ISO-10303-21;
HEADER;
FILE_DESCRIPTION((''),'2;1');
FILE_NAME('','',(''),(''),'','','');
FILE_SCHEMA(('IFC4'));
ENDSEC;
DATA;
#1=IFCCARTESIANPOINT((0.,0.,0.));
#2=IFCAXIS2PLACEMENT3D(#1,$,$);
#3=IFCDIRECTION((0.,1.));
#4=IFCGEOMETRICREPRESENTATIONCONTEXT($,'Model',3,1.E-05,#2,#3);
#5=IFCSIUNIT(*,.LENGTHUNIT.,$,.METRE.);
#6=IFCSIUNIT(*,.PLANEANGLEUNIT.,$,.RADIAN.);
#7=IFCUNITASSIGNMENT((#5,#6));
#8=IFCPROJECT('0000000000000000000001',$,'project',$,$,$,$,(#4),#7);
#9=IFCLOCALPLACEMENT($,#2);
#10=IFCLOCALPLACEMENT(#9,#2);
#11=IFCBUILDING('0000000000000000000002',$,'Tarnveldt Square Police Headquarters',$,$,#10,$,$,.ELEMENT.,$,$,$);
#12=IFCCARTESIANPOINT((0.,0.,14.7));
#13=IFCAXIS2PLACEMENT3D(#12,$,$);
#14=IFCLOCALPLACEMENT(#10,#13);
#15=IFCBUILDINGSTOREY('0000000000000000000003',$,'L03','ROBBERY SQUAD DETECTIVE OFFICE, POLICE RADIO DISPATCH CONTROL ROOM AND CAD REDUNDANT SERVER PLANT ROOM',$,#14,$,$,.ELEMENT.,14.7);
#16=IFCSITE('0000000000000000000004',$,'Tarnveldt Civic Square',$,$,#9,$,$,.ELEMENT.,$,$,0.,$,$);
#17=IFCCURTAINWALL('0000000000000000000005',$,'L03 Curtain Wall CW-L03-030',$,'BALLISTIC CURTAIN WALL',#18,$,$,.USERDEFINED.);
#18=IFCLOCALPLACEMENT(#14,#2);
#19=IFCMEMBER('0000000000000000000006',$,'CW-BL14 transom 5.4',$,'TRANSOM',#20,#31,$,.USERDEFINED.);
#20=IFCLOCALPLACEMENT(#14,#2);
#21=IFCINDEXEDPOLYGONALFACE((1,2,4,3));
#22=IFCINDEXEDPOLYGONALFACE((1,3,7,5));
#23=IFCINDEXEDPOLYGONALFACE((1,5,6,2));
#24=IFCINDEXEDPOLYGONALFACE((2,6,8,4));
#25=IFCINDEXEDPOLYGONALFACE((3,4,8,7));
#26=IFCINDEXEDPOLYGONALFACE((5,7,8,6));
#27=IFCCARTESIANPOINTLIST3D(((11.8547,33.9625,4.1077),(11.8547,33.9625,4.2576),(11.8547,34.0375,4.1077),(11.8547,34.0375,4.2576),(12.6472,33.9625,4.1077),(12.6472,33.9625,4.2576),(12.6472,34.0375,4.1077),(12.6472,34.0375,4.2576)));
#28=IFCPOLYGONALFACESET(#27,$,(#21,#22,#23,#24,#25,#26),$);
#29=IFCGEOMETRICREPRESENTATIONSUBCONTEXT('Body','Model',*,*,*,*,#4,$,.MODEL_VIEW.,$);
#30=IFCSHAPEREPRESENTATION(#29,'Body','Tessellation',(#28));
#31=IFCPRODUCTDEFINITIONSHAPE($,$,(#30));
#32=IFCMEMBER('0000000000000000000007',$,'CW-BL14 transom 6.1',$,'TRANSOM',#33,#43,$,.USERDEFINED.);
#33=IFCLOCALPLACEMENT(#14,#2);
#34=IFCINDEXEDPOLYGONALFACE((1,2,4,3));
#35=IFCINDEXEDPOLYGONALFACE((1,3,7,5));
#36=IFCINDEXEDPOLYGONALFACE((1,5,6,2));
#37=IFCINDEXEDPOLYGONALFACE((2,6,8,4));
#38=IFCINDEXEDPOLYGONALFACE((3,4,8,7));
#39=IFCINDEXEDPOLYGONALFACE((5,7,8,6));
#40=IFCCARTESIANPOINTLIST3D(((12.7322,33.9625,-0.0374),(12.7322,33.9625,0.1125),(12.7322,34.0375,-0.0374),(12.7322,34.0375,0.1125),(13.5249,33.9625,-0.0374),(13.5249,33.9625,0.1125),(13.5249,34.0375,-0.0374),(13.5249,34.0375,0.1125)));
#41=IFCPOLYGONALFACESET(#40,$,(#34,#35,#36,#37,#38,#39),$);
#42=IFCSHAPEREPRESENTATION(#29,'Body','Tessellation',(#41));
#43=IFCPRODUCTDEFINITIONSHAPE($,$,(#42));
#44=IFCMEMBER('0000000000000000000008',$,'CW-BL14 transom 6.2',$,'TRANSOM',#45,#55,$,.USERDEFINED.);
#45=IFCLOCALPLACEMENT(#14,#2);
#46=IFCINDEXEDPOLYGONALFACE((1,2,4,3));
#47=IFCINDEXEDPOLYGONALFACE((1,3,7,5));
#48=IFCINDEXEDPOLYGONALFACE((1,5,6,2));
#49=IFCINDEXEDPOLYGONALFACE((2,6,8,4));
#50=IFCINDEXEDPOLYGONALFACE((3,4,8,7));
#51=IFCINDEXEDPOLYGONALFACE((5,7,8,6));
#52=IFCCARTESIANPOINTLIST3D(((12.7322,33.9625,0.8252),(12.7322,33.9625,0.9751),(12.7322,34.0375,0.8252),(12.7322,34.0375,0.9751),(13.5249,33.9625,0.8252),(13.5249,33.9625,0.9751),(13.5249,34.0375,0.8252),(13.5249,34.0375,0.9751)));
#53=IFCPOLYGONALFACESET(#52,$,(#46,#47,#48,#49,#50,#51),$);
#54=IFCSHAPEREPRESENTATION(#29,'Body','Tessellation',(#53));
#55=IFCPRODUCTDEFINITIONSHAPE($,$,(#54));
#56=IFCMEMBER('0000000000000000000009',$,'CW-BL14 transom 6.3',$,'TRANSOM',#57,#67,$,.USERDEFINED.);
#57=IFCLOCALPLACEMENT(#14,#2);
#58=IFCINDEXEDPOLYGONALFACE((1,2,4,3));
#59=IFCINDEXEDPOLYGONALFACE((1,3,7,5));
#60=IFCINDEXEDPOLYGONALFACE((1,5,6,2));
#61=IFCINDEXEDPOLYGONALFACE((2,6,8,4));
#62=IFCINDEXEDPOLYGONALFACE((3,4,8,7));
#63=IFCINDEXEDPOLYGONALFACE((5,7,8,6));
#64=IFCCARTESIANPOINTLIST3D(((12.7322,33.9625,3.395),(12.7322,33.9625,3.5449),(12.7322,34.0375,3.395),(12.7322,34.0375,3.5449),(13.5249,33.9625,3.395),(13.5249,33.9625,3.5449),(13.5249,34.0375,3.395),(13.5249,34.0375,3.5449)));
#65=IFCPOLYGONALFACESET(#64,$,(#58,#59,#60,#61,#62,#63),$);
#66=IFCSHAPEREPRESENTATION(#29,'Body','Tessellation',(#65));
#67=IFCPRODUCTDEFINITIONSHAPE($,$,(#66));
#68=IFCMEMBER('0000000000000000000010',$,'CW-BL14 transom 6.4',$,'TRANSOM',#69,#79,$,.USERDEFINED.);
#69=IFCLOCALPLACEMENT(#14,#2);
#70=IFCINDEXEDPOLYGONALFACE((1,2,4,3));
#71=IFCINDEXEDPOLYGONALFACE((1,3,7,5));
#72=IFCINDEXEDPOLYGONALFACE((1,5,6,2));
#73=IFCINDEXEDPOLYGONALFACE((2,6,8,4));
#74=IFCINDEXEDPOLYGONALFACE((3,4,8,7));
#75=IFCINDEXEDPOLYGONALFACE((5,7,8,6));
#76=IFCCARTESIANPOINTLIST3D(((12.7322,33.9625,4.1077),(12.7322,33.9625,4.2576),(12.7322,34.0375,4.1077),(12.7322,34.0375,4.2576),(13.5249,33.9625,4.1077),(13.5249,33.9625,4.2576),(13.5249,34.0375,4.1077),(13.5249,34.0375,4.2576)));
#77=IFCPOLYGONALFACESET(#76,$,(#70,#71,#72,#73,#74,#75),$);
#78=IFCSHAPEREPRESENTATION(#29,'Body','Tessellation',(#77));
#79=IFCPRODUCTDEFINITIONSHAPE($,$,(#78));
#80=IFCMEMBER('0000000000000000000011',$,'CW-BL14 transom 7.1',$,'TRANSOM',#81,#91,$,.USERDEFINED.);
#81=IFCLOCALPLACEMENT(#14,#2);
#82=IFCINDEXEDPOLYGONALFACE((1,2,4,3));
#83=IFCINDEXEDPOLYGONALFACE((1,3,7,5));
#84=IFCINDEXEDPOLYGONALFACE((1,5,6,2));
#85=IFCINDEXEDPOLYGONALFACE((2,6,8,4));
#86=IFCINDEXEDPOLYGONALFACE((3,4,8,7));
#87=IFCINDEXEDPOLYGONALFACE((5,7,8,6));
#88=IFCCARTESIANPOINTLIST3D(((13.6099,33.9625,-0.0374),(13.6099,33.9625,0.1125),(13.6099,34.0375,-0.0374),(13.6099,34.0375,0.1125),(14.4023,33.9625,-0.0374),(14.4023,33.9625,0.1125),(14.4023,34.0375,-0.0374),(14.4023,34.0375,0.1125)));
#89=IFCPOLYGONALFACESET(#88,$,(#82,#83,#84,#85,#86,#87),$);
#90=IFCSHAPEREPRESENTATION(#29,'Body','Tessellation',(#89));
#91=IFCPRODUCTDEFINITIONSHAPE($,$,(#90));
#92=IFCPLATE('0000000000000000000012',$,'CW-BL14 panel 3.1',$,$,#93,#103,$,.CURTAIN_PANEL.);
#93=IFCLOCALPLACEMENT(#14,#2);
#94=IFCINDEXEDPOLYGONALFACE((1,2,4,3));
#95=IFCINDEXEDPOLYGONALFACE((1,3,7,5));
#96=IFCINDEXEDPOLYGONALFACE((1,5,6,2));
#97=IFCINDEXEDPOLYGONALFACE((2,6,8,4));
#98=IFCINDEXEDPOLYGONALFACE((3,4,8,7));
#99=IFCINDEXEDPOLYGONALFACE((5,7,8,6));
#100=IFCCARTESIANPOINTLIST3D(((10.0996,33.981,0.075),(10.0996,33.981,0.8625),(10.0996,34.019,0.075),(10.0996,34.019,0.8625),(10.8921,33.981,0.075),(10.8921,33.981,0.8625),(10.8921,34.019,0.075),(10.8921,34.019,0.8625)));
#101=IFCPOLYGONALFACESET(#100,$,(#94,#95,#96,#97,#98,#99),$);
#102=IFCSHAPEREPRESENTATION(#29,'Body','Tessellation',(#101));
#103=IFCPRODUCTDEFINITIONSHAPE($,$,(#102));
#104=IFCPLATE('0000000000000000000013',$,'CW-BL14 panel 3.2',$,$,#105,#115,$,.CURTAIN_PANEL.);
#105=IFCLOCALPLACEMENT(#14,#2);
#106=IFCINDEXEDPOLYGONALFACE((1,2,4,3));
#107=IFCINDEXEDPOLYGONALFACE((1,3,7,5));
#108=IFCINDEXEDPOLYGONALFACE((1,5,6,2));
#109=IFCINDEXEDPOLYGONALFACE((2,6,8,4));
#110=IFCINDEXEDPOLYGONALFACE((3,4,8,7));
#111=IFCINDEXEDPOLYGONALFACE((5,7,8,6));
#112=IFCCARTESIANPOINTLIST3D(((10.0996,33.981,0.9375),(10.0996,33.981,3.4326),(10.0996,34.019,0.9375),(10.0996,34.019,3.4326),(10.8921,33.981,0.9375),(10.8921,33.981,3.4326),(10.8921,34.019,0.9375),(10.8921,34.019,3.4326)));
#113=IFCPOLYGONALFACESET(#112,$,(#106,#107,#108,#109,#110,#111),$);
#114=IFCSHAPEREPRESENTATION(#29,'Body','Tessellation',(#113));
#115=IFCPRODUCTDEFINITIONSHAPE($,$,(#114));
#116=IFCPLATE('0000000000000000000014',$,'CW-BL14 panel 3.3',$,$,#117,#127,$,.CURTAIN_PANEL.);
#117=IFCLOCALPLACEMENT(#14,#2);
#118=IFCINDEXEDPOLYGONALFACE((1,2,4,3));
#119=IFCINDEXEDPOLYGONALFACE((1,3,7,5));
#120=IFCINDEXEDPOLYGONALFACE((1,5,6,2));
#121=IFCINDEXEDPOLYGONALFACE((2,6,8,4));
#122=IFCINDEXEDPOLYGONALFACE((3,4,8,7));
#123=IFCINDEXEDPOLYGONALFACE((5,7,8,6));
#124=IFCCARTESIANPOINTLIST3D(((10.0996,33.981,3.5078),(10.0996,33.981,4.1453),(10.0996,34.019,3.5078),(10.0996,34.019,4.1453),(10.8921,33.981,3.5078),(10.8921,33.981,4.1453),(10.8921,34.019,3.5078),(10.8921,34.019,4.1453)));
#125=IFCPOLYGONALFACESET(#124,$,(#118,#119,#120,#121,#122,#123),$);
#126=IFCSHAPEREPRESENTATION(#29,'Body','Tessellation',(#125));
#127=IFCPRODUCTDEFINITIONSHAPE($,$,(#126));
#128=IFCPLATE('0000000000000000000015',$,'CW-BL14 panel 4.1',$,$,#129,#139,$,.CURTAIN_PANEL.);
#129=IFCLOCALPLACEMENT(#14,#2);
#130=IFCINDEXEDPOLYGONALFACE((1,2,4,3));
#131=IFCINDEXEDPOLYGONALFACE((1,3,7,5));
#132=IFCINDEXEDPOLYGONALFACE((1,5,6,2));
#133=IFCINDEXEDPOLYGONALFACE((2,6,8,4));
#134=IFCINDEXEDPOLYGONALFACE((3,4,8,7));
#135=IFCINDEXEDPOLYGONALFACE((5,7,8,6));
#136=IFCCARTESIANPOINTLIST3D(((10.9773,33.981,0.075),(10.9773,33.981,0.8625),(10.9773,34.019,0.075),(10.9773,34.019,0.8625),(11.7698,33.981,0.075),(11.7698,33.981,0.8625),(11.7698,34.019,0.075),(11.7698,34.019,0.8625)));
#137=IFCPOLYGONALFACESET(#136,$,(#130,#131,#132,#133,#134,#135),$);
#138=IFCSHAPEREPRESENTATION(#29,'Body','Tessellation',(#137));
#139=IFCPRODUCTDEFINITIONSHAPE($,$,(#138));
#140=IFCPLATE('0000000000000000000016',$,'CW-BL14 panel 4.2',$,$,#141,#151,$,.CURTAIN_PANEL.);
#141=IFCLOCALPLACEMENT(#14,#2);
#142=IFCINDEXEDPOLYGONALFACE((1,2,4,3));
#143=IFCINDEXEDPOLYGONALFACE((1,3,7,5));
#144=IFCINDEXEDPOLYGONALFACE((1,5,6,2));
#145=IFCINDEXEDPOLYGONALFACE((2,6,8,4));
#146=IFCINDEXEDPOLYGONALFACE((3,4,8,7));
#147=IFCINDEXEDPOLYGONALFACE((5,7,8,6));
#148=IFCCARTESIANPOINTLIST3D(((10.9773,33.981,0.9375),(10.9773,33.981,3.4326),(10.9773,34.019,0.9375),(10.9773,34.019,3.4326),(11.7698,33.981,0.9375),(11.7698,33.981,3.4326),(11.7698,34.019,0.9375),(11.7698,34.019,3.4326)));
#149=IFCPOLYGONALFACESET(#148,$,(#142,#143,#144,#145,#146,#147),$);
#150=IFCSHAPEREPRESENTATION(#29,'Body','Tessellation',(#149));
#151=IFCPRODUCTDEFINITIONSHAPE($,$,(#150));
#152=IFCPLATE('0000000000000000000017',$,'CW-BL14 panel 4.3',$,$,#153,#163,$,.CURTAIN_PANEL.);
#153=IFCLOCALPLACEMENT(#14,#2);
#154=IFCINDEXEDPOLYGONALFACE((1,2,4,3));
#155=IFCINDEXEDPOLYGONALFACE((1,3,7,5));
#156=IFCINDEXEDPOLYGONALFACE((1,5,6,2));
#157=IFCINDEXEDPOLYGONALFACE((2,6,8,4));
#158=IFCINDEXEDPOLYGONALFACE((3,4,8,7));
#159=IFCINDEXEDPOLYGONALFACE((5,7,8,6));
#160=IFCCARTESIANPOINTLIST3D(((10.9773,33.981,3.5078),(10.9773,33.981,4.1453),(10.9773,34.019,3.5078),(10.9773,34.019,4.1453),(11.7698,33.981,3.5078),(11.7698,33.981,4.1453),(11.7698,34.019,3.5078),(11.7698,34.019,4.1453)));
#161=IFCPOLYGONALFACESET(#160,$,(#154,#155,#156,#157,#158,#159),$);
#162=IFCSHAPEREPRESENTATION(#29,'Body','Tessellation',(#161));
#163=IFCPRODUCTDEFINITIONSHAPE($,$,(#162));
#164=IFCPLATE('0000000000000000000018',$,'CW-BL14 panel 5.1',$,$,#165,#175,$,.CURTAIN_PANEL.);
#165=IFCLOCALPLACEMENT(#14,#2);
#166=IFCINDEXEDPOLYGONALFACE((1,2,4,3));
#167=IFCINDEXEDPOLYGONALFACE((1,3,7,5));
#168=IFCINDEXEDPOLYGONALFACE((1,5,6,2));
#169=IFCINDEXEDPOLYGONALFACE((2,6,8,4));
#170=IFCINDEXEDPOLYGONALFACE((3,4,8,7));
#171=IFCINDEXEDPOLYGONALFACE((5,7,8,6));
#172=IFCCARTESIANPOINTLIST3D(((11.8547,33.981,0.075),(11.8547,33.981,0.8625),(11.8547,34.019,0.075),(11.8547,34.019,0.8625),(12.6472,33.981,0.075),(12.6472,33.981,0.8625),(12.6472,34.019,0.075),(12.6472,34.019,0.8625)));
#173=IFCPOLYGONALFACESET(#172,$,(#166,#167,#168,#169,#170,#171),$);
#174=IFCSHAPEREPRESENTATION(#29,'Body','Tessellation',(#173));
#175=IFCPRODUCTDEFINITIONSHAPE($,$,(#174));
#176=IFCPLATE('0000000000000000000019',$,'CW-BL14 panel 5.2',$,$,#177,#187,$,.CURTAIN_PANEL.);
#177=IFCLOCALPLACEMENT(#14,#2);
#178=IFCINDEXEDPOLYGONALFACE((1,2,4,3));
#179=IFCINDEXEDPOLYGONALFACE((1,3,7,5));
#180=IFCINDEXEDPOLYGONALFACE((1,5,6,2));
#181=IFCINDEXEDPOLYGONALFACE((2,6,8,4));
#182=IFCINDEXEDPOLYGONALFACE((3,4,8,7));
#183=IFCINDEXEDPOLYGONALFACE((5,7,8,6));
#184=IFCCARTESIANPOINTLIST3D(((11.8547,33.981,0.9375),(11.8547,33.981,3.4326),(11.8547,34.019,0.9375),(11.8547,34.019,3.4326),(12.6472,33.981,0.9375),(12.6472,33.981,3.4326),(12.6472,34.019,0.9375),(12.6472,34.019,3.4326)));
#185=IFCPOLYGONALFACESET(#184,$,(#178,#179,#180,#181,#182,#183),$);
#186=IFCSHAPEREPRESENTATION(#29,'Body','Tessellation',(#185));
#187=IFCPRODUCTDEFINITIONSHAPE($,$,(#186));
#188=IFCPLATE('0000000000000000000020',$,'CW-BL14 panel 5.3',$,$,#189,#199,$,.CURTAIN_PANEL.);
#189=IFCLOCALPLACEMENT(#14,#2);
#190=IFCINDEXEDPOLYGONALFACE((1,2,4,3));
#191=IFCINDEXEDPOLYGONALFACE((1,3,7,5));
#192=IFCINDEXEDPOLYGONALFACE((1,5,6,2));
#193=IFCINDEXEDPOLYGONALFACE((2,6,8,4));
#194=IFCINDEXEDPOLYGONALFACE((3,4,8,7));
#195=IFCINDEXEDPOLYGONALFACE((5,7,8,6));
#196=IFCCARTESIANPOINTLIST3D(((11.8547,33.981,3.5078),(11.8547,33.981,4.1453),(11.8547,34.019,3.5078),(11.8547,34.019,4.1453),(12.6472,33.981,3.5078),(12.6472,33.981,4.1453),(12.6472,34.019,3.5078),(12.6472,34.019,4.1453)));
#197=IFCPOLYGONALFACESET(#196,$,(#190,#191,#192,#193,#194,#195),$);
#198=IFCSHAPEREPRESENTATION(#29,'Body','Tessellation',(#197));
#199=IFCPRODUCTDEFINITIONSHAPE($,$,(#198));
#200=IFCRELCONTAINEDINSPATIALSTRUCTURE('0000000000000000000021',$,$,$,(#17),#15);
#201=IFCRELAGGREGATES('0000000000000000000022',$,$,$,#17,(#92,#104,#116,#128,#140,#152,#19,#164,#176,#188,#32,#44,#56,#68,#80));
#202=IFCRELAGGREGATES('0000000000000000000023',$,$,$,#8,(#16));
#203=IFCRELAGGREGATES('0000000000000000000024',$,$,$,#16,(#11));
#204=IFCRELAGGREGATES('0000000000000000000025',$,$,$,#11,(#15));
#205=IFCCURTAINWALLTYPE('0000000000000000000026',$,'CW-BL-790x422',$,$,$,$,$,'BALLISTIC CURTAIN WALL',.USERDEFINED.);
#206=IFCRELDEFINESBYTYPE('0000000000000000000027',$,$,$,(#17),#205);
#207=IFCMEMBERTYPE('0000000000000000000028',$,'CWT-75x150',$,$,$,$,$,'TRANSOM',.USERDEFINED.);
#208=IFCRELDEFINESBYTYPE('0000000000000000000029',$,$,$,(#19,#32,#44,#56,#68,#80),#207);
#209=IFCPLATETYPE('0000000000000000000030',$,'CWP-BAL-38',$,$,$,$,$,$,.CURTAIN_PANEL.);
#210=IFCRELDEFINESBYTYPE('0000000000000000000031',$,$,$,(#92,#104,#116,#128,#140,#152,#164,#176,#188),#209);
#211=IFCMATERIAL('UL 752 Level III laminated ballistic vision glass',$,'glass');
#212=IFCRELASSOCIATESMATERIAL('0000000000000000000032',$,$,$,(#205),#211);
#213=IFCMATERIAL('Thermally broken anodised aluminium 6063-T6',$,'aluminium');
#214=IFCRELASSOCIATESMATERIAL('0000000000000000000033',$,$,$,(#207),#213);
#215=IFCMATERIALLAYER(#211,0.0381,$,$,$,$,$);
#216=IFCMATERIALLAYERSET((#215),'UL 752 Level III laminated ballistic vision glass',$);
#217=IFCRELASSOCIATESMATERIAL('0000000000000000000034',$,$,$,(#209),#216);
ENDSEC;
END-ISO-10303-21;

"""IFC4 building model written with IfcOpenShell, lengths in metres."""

from ifc_helpers import new_model, si_unit, direction, frame, origin, origin_2d, place, context, subcontext, project, spatial, rectangle, extrude, material, layer, layer_set, material_profile, profile_set, type_object, element, aggregate, save


model = new_model("IFC4")

# Units and contexts
model_context = context("Model", 3, precision=1e-05, world=origin(), true_north=direction((0.0, 1.0)))
body_context = subcontext(model_context, "Body", "Model", "MODEL_VIEW")
ifc_project = project(units=[si_unit("LENGTHUNIT", "METRE"), si_unit("PLANEANGLEUNIT", "RADIAN")], contexts=[model_context])

# Site, building, storey
site_placement = place(None, origin())
site = spatial("IfcSite", under=ifc_project, at=site_placement, Name="Tarnveldt Civic Square", CompositionType="ELEMENT", RefElevation=0.0)
building_placement = place(site_placement, origin())
building = spatial("IfcBuilding", under=site, at=building_placement, Name="Tarnveldt Square Police Headquarters", CompositionType="ELEMENT")
storey_placement = place(building_placement, frame((0.0, 0.0, 14.7)))
storey = spatial("IfcBuildingStorey", under=building, at=storey_placement, Name="L03", Description="ROBBERY SQUAD DETECTIVE OFFICE, POLICE RADIO DISPATCH CONTROL ROOM AND CAD REDUNDANT SERVER PLANT ROOM", CompositionType="ELEMENT", Elevation=14.7)

# Curtain wall, members, plates
ifc_material_1 = material(Name="UL 752 Level III laminated ballistic vision glass", Category="glass")
curtain_wall_type = type_object("IfcCurtainWallType", Name="CW-BL-790x422", ElementType="BALLISTIC CURTAIN WALL", PredefinedType="USERDEFINED", material=ifc_material_1)
curtain_wall_placement = place(storey_placement, origin())
curtain_wall = element("IfcCurtainWall", 1, at=curtain_wall_placement, inside=storey, type_object=curtain_wall_type, Name="L03 Curtain Wall CW-L03-030", ObjectType="BALLISTIC CURTAIN WALL", PredefinedType="USERDEFINED")
ifc_material_2 = material(Name="Thermally broken anodised aluminium 6063-T6", Category="aluminium")
ifc_material_profile_1 = material_profile(ifc_material_2, rectangle(XDim=0.075, YDim=0.1499, at=origin_2d()), Name="CW-T75x150")
ifc_profile_set_1 = profile_set([ifc_material_profile_1], Name="Thermally broken anodised aluminium 6063-T6")
member_type_1 = type_object("IfcMemberType", Name="CWT-75x150", ElementType="TRANSOM", PredefinedType="USERDEFINED", material=ifc_profile_set_1)
member_1_placement = place(storey_placement, frame((11.8547, 34.0, 4.1826), z_axis=(1.0, 0.0, 0.0), x_axis=(0.0, 1.0, 0.0)))
member_1 = element("IfcMember", 2, at=member_1_placement, type_object=member_type_1, Name="CW-BL14 transom 5.4", ObjectType="TRANSOM", PredefinedType="USERDEFINED", context=body_context, shape_type="SweptSolid", body=[
    extrude(rectangle(XDim=0.075, YDim=0.1499, at=origin_2d()), origin(), (0.0, 0.0, 1.0), 0.7925),
])
member_2_placement = place(storey_placement, frame((12.7322, 34.0, 0.0376), z_axis=(1.0, 0.0, 0.0), x_axis=(0.0, 1.0, 0.0)))
member_2 = element("IfcMember", 3, at=member_2_placement, type_object=member_type_1, Name="CW-BL14 transom 6.1", ObjectType="TRANSOM", PredefinedType="USERDEFINED", context=body_context, shape_type="SweptSolid", body=[
    extrude(rectangle(XDim=0.075, YDim=0.1499, at=origin_2d()), origin(), (0.0, 0.0, 1.0), 0.7927),
])
member_3_placement = place(storey_placement, frame((12.7322, 34.0, 0.9001), z_axis=(1.0, 0.0, 0.0), x_axis=(0.0, 1.0, 0.0)))
member_3 = element("IfcMember", 4, at=member_3_placement, type_object=member_type_1, Name="CW-BL14 transom 6.2", ObjectType="TRANSOM", PredefinedType="USERDEFINED", context=body_context, shape_type="SweptSolid", body=[
    extrude(rectangle(XDim=0.075, YDim=0.1499, at=origin_2d()), origin(), (0.0, 0.0, 1.0), 0.7927),
])
member_4_placement = place(storey_placement, frame((12.7322, 34.0, 3.47), z_axis=(1.0, 0.0, 0.0), x_axis=(0.0, 1.0, 0.0)))
member_4 = element("IfcMember", 5, at=member_4_placement, type_object=member_type_1, Name="CW-BL14 transom 6.3", ObjectType="TRANSOM", PredefinedType="USERDEFINED", context=body_context, shape_type="SweptSolid", body=[
    extrude(rectangle(XDim=0.075, YDim=0.1499, at=origin_2d()), origin(), (0.0, 0.0, 1.0), 0.7927),
])
member_5_placement = place(storey_placement, frame((12.7322, 34.0, 4.1826), z_axis=(1.0, 0.0, 0.0), x_axis=(0.0, 1.0, 0.0)))
member_5 = element("IfcMember", 6, at=member_5_placement, type_object=member_type_1, Name="CW-BL14 transom 6.4", ObjectType="TRANSOM", PredefinedType="USERDEFINED", context=body_context, shape_type="SweptSolid", body=[
    extrude(rectangle(XDim=0.075, YDim=0.1499, at=origin_2d()), origin(), (0.0, 0.0, 1.0), 0.7927),
])
member_6_placement = place(storey_placement, frame((13.6099, 34.0, 0.0376), z_axis=(1.0, 0.0, 0.0), x_axis=(0.0, 1.0, 0.0)))
member_6 = element("IfcMember", 7, at=member_6_placement, type_object=member_type_1, Name="CW-BL14 transom 7.1", ObjectType="TRANSOM", PredefinedType="USERDEFINED", context=body_context, shape_type="SweptSolid", body=[
    extrude(rectangle(XDim=0.075, YDim=0.1499, at=origin_2d()), origin(), (0.0, 0.0, 1.0), 0.7925),
])
ifc_layer = layer(ifc_material_1, 0.0381)
ifc_layer_set = layer_set([ifc_layer], Name="UL 752 Level III laminated ballistic vision glass")
plate_type = type_object("IfcPlateType", Name="CWP-BAL-38", PredefinedType="CURTAIN_PANEL", material=ifc_layer_set)
plate_1_placement = place(storey_placement, frame((10.4958, 34.0, 0.075), z_axis=(0.0, 0.0, 1.0), x_axis=(1.0, 0.0, 0.0)))
plate_1 = element("IfcPlate", 8, at=plate_1_placement, type_object=plate_type, Name="CW-BL14 panel 3.1", PredefinedType="CURTAIN_PANEL", context=body_context, shape_type="SweptSolid", body=[
    extrude(rectangle(XDim=0.7925, YDim=0.0381, at=origin_2d()), origin(), (0.0, 0.0, 1.0), 0.7876),
])
plate_2_placement = place(storey_placement, frame((10.4958, 34.0, 0.9375), z_axis=(0.0, 0.0, 1.0), x_axis=(1.0, 0.0, 0.0)))
plate_2 = element("IfcPlate", 9, at=plate_2_placement, type_object=plate_type, Name="CW-BL14 panel 3.2", PredefinedType="CURTAIN_PANEL", context=body_context, shape_type="SweptSolid", body=[
    extrude(rectangle(XDim=0.7925, YDim=0.0381, at=origin_2d()), origin(), (0.0, 0.0, 1.0), 2.4951),
])
plate_3_placement = place(storey_placement, frame((10.4958, 34.0, 3.5078), z_axis=(0.0, 0.0, 1.0), x_axis=(1.0, 0.0, 0.0)))
plate_3 = element("IfcPlate", 10, at=plate_3_placement, type_object=plate_type, Name="CW-BL14 panel 3.3", PredefinedType="CURTAIN_PANEL", context=body_context, shape_type="SweptSolid", body=[
    extrude(rectangle(XDim=0.7925, YDim=0.0381, at=origin_2d()), origin(), (0.0, 0.0, 1.0), 0.6375),
])
plate_4_placement = place(storey_placement, frame((11.3735, 34.0, 0.075), z_axis=(0.0, 0.0, 1.0), x_axis=(1.0, 0.0, 0.0)))
plate_4 = element("IfcPlate", 11, at=plate_4_placement, type_object=plate_type, Name="CW-BL14 panel 4.1", PredefinedType="CURTAIN_PANEL", context=body_context, shape_type="SweptSolid", body=[
    extrude(rectangle(XDim=0.7925, YDim=0.0381, at=origin_2d()), origin(), (0.0, 0.0, 1.0), 0.7876),
])
plate_5_placement = place(storey_placement, frame((11.3735, 34.0, 0.9375), z_axis=(0.0, 0.0, 1.0), x_axis=(1.0, 0.0, 0.0)))
plate_5 = element("IfcPlate", 12, at=plate_5_placement, type_object=plate_type, Name="CW-BL14 panel 4.2", PredefinedType="CURTAIN_PANEL", context=body_context, shape_type="SweptSolid", body=[
    extrude(rectangle(XDim=0.7925, YDim=0.0381, at=origin_2d()), origin(), (0.0, 0.0, 1.0), 2.4951),
])
plate_6_placement = place(storey_placement, frame((11.3735, 34.0, 3.5078), z_axis=(0.0, 0.0, 1.0), x_axis=(1.0, 0.0, 0.0)))
plate_6 = element("IfcPlate", 13, at=plate_6_placement, type_object=plate_type, Name="CW-BL14 panel 4.3", PredefinedType="CURTAIN_PANEL", context=body_context, shape_type="SweptSolid", body=[
    extrude(rectangle(XDim=0.7925, YDim=0.0381, at=origin_2d()), origin(), (0.0, 0.0, 1.0), 0.6375),
])
plate_7_placement = place(storey_placement, frame((12.251, 34.0, 0.075), z_axis=(0.0, 0.0, 1.0), x_axis=(1.0, 0.0, 0.0)))
plate_7 = element("IfcPlate", 14, at=plate_7_placement, type_object=plate_type, Name="CW-BL14 panel 5.1", PredefinedType="CURTAIN_PANEL", context=body_context, shape_type="SweptSolid", body=[
    extrude(rectangle(XDim=0.7925, YDim=0.0381, at=origin_2d()), origin(), (0.0, 0.0, 1.0), 0.7876),
])
plate_8_placement = place(storey_placement, frame((12.251, 34.0, 0.9375), z_axis=(0.0, 0.0, 1.0), x_axis=(1.0, 0.0, 0.0)))
plate_8 = element("IfcPlate", 15, at=plate_8_placement, type_object=plate_type, Name="CW-BL14 panel 5.2", PredefinedType="CURTAIN_PANEL", context=body_context, shape_type="SweptSolid", body=[
    extrude(rectangle(XDim=0.7925, YDim=0.0381, at=origin_2d()), origin(), (0.0, 0.0, 1.0), 2.4951),
])
plate_9_placement = place(storey_placement, frame((12.251, 34.0, 3.5078), z_axis=(0.0, 0.0, 1.0), x_axis=(1.0, 0.0, 0.0)))
plate_9 = element("IfcPlate", 16, at=plate_9_placement, type_object=plate_type, Name="CW-BL14 panel 5.3", PredefinedType="CURTAIN_PANEL", context=body_context, shape_type="SweptSolid", body=[
    extrude(rectangle(XDim=0.7925, YDim=0.0381, at=origin_2d()), origin(), (0.0, 0.0, 1.0), 0.6375),
])
aggregate(curtain_wall, [plate_1, plate_2, plate_3, plate_4, plate_5, plate_6, member_1, plate_7, plate_8, plate_9, member_2, member_3, member_4, member_5, member_6])

save(model, "model.ifc")
